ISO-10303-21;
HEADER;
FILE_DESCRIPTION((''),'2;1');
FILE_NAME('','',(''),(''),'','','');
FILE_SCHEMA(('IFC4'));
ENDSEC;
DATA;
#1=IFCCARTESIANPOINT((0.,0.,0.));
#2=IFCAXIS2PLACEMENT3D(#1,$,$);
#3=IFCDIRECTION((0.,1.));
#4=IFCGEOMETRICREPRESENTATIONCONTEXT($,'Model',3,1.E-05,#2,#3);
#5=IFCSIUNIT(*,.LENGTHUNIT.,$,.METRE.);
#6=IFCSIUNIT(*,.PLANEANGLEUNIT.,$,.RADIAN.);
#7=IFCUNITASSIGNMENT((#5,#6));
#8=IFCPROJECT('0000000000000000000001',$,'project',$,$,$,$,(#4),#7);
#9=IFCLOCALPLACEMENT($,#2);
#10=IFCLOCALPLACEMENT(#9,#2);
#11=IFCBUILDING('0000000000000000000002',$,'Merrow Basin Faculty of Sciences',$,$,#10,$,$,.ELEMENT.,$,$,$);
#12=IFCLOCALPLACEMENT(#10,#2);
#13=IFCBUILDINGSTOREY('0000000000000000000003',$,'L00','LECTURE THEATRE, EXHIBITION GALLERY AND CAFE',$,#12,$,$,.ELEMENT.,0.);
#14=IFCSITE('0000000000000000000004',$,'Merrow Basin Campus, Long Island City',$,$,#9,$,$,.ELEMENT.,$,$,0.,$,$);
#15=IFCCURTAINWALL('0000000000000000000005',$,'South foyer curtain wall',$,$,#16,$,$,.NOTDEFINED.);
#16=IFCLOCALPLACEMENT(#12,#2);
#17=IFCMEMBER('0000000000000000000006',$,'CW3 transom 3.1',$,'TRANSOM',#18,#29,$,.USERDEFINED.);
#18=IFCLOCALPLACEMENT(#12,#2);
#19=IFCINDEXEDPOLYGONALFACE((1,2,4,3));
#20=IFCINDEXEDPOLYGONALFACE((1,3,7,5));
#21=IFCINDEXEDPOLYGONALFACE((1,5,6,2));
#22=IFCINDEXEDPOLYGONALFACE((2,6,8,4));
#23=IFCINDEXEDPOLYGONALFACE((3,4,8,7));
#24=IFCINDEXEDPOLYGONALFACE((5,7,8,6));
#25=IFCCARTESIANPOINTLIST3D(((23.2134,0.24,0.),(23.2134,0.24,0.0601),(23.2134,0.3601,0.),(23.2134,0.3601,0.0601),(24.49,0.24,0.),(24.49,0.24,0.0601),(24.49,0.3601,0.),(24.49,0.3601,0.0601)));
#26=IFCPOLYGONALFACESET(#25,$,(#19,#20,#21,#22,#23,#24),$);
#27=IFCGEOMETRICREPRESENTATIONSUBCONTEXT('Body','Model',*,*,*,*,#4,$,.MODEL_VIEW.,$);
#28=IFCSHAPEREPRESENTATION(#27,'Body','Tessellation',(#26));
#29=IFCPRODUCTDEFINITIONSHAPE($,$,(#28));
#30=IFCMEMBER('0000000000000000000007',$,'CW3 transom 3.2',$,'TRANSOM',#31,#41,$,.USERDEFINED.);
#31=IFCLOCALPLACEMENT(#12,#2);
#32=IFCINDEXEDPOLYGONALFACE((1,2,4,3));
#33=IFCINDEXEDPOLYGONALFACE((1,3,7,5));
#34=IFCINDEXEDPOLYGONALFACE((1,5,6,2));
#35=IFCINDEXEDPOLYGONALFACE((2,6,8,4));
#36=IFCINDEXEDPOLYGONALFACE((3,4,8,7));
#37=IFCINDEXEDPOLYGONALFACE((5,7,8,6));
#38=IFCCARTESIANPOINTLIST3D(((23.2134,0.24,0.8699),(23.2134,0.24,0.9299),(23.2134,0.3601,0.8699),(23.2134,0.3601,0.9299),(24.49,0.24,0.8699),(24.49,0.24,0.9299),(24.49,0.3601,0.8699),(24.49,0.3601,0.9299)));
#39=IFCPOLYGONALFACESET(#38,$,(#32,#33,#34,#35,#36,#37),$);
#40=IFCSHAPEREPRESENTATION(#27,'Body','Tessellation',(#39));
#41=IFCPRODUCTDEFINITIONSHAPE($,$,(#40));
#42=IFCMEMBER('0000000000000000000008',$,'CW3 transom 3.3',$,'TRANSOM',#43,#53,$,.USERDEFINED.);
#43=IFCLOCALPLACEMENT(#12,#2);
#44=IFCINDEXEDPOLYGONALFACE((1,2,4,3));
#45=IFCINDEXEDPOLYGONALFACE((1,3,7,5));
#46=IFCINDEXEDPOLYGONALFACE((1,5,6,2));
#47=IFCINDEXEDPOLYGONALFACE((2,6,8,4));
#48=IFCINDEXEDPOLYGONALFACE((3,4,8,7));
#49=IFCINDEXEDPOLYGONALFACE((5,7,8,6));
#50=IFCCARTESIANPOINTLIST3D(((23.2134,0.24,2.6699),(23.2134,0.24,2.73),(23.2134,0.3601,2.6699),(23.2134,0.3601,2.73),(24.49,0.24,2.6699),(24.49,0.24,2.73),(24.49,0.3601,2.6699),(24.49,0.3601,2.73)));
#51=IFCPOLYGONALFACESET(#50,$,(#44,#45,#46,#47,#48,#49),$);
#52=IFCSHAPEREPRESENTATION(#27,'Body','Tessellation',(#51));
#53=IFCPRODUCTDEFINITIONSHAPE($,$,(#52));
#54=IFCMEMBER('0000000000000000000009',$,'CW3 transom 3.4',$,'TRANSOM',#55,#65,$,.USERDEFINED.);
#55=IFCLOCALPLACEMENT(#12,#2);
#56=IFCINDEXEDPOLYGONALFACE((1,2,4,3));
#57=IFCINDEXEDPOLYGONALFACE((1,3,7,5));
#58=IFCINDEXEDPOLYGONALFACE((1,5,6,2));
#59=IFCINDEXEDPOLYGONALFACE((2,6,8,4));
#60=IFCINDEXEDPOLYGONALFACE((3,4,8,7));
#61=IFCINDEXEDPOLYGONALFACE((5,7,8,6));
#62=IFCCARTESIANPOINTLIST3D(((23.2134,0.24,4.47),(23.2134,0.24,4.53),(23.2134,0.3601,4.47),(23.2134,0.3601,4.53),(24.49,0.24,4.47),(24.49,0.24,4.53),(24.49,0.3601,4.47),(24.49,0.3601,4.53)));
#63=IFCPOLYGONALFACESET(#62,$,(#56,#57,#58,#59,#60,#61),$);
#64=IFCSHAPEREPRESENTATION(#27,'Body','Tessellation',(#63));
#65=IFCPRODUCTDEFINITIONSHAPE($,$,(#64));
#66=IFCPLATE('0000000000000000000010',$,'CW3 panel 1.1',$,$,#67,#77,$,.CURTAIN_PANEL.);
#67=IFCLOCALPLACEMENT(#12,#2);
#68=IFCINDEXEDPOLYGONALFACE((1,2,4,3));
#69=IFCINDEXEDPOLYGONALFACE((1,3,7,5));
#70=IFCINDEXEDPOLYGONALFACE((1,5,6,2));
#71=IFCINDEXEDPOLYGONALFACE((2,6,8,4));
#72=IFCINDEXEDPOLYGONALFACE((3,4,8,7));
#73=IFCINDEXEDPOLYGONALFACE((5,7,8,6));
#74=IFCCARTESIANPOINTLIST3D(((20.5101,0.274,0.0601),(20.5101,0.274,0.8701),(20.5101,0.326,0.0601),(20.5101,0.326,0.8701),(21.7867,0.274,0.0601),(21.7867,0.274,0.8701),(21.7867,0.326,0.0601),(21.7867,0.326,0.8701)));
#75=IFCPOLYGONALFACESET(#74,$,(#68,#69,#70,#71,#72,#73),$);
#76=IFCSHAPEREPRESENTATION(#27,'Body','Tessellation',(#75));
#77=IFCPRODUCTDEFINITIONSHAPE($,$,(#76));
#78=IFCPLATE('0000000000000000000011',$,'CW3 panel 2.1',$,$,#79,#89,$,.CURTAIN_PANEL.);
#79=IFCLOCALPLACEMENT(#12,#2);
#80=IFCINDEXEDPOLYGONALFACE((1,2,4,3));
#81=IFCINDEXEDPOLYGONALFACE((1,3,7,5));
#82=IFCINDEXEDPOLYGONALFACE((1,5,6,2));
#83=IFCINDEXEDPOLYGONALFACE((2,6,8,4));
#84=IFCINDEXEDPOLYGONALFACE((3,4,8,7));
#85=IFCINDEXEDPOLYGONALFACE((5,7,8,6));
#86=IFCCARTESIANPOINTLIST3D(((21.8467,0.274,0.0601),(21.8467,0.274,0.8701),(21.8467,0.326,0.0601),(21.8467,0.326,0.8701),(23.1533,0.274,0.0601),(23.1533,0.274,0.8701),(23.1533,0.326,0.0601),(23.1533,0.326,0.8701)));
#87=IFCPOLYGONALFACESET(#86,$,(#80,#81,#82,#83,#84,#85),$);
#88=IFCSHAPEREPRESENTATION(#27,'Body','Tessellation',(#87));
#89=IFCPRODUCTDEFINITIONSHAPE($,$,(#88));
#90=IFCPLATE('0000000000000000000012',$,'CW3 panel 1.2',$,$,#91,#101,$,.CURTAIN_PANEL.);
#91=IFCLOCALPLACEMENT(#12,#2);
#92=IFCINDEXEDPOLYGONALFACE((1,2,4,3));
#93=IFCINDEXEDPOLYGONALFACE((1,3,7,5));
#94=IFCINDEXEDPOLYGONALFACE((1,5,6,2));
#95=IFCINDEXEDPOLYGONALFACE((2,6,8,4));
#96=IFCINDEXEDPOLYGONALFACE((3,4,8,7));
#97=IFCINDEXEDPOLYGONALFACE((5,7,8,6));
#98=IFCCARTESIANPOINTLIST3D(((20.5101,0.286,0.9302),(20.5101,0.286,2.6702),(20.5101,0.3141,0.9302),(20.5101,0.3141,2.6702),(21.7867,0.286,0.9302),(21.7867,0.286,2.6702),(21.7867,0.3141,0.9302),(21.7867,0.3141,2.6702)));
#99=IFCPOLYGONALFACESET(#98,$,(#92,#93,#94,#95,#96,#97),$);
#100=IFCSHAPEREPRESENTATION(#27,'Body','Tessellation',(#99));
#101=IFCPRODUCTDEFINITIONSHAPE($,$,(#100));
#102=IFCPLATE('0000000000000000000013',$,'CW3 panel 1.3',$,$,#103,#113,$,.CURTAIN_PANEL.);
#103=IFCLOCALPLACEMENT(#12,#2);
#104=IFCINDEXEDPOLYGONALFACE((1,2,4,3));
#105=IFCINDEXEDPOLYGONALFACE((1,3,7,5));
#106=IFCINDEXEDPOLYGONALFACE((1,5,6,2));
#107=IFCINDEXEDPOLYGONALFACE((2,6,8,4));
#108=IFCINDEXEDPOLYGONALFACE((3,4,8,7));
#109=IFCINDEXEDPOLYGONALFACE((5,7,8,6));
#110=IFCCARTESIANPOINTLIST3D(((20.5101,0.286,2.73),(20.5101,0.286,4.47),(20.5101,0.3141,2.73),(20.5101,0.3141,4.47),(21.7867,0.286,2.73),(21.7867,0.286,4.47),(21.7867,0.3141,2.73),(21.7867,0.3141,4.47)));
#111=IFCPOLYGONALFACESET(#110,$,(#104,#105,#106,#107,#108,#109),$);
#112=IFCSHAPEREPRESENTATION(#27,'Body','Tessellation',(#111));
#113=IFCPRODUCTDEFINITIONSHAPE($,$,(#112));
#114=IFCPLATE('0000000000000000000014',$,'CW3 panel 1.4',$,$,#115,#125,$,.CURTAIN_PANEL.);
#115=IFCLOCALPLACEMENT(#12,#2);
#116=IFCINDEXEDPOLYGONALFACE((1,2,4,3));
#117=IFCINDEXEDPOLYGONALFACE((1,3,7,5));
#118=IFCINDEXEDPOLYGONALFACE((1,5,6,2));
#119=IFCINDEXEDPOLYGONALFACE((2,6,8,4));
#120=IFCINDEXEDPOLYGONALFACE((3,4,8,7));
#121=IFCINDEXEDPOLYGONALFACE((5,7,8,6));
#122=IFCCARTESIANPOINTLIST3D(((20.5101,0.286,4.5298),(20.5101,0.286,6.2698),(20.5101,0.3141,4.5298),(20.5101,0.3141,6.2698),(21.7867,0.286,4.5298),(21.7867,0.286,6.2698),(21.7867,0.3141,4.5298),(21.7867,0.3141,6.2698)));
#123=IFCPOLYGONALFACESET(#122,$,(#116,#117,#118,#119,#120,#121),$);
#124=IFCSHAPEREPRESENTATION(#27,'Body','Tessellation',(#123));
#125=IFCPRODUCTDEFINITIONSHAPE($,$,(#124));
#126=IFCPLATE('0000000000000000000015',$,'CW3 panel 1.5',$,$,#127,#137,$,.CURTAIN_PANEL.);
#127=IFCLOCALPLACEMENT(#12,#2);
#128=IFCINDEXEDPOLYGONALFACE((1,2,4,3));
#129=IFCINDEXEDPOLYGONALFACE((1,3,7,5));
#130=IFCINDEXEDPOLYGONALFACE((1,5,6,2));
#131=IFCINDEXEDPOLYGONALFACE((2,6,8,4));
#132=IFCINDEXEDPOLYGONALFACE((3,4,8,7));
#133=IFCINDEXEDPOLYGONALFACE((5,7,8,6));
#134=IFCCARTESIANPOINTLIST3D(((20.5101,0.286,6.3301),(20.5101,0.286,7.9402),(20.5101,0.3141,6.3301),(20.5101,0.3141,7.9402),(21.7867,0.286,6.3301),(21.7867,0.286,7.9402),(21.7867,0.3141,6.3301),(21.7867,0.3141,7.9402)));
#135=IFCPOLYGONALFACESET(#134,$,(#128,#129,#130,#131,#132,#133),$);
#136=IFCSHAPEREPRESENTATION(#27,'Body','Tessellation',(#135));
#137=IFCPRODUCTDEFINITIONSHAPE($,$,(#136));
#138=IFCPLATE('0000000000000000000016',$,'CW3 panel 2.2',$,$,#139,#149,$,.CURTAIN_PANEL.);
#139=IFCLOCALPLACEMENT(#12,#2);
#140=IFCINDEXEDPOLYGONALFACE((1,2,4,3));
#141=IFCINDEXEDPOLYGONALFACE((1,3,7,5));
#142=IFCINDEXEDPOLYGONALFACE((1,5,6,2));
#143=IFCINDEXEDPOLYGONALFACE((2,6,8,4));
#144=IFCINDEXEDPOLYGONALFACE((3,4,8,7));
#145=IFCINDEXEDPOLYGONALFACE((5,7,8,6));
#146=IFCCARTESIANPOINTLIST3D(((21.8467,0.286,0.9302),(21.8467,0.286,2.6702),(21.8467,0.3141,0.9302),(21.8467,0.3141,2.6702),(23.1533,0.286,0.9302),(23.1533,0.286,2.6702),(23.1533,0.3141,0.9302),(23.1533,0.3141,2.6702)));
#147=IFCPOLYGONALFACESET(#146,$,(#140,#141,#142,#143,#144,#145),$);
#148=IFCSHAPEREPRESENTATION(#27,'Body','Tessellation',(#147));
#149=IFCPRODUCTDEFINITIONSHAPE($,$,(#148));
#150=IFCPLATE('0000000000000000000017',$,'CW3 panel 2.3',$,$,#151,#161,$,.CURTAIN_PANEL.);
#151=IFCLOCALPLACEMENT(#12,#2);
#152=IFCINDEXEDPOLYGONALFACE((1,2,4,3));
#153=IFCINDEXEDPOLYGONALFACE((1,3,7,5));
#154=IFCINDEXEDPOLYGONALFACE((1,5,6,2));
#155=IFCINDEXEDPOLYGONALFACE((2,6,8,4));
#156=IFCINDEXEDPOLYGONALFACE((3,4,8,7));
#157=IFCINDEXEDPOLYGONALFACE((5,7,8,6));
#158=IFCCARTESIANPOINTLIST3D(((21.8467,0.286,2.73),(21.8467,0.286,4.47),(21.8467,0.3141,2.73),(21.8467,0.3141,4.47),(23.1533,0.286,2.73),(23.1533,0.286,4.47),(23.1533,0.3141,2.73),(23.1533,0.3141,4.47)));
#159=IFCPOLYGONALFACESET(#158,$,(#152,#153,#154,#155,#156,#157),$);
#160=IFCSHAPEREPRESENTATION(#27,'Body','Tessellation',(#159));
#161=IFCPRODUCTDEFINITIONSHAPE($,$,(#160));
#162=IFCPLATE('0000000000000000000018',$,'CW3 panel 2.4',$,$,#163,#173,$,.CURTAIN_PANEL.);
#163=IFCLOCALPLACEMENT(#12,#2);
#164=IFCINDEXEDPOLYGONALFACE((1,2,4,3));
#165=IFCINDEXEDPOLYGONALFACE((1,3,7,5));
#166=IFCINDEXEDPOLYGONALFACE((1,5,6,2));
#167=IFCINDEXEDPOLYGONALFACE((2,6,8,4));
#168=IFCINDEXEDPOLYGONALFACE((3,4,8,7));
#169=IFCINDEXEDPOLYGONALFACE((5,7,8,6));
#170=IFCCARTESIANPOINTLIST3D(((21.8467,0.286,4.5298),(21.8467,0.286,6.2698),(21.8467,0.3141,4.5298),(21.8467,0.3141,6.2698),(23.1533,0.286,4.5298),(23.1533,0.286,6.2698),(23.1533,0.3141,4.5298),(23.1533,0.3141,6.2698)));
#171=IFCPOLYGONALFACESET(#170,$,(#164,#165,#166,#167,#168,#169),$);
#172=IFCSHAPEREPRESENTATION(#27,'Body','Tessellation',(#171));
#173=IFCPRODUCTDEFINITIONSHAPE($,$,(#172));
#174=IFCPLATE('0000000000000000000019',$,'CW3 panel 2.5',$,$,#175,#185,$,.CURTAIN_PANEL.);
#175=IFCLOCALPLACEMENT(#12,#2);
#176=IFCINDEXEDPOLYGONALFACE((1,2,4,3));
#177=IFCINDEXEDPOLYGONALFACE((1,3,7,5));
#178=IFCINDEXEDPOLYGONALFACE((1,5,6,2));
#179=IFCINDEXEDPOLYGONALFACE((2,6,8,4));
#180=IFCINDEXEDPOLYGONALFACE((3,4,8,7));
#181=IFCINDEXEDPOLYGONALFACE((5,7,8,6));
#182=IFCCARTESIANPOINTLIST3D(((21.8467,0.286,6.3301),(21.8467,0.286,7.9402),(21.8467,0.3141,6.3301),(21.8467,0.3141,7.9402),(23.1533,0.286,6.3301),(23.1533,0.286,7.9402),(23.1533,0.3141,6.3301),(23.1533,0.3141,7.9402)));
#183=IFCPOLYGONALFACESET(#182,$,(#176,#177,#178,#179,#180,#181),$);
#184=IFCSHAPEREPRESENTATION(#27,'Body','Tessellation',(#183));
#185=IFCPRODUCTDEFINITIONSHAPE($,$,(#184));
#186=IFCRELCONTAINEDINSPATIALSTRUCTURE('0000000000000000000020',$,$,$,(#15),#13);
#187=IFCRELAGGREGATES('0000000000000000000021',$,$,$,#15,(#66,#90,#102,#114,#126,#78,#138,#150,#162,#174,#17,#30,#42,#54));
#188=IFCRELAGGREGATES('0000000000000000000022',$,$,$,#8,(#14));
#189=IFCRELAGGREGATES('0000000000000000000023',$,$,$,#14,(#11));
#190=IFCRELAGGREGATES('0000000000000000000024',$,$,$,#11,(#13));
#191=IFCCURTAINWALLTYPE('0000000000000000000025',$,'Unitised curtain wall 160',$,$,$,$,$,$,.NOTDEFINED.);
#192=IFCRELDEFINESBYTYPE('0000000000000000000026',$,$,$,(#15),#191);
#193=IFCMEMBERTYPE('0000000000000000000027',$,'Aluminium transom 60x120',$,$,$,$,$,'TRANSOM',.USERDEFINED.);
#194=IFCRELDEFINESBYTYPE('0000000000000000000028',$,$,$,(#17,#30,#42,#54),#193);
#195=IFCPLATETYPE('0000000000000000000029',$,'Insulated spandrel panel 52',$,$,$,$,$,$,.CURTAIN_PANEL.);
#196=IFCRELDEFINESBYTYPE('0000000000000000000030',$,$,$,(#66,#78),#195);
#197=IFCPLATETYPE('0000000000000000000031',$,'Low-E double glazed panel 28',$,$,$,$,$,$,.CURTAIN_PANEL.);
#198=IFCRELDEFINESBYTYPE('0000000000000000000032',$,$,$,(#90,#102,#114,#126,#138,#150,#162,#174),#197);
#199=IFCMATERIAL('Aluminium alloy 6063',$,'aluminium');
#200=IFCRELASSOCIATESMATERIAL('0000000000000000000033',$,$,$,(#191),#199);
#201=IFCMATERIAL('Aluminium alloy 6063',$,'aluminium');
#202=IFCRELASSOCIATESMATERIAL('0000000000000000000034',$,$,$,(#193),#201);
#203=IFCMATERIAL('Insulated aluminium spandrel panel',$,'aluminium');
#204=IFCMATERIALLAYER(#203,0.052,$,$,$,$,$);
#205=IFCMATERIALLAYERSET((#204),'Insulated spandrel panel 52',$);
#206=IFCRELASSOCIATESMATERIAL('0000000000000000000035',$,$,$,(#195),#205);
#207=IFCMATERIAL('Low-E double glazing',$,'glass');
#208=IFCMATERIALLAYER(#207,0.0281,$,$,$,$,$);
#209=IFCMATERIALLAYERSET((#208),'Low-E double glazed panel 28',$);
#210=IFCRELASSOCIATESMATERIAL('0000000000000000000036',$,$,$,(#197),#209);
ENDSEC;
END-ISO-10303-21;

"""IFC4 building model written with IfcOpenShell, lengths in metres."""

from ifc_helpers import new_model, si_unit, direction, frame, origin, origin_2d, place, context, subcontext, project, spatial, rectangle, extrude, material, layer, layer_set, material_profile, profile_set, type_object, element, aggregate, save


model = new_model("IFC4")

# Units and contexts
model_context = context("Model", 3, precision=1e-05, world=origin(), true_north=direction((0.0, 1.0)))
body_context = subcontext(model_context, "Body", "Model", "MODEL_VIEW")
ifc_project = project(units=[si_unit("LENGTHUNIT", "METRE"), si_unit("PLANEANGLEUNIT", "RADIAN")], contexts=[model_context])

# Site, building, storey
site_placement = place(None, origin())
site = spatial("IfcSite", under=ifc_project, at=site_placement, Name="Merrow Basin Campus, Long Island City", CompositionType="ELEMENT", RefElevation=0.0)
building_placement = place(site_placement, origin())
building = spatial("IfcBuilding", under=site, at=building_placement, Name="Merrow Basin Faculty of Sciences", CompositionType="ELEMENT")
storey_placement = place(building_placement, origin())
storey = spatial("IfcBuildingStorey", under=building, at=storey_placement, Name="L00", Description="LECTURE THEATRE, EXHIBITION GALLERY AND CAFE", CompositionType="ELEMENT", Elevation=0.0)

# Curtain wall, members, plates
ifc_material_1 = material(Name="Aluminium alloy 6063", Category="aluminium")
curtain_wall_type = type_object("IfcCurtainWallType", Name="Unitised curtain wall 160", PredefinedType="NOTDEFINED", material=ifc_material_1)
curtain_wall_placement = place(storey_placement, origin())
curtain_wall = element("IfcCurtainWall", 1, at=curtain_wall_placement, inside=storey, type_object=curtain_wall_type, Name="South foyer curtain wall", PredefinedType="NOTDEFINED")
ifc_material_2 = material(Name="Aluminium alloy 6063", Category="aluminium")
ifc_material_profile_1 = material_profile(ifc_material_2, rectangle(XDim=0.1201, YDim=0.0601, at=origin_2d()))
ifc_profile_set_1 = profile_set([ifc_material_profile_1], Name="Aluminium alloy 6063")
member_type_1 = type_object("IfcMemberType", Name="Aluminium transom 60x120", ElementType="TRANSOM", PredefinedType="USERDEFINED", material=ifc_profile_set_1)
member_1_placement = place(storey_placement, frame((23.2134, 0.3, 0.03), z_axis=(1.0, 0.0, 0.0), x_axis=(0.0, 1.0, 0.0)))
member_1 = element("IfcMember", 2, at=member_1_placement, type_object=member_type_1, Name="CW3 transom 3.1", ObjectType="TRANSOM", PredefinedType="USERDEFINED", context=body_context, shape_type="SweptSolid", body=[
    extrude(rectangle(XDim=0.1201, YDim=0.0601, at=origin_2d()), origin(), (0.0, 0.0, 1.0), 1.2766),
])
member_2_placement = place(storey_placement, frame((23.2134, 0.3, 0.8999), z_axis=(1.0, 0.0, 0.0), x_axis=(0.0, 1.0, 0.0)))
member_2 = element("IfcMember", 3, at=member_2_placement, type_object=member_type_1, Name="CW3 transom 3.2", ObjectType="TRANSOM", PredefinedType="USERDEFINED", context=body_context, shape_type="SweptSolid", body=[
    extrude(rectangle(XDim=0.1201, YDim=0.0601, at=origin_2d()), origin(), (0.0, 0.0, 1.0), 1.2766),
])
member_3_placement = place(storey_placement, frame((23.2134, 0.3, 2.7), z_axis=(1.0, 0.0, 0.0), x_axis=(0.0, 1.0, 0.0)))
member_3 = element("IfcMember", 4, at=member_3_placement, type_object=member_type_1, Name="CW3 transom 3.3", ObjectType="TRANSOM", PredefinedType="USERDEFINED", context=body_context, shape_type="SweptSolid", body=[
    extrude(rectangle(XDim=0.1201, YDim=0.0601, at=origin_2d()), origin(), (0.0, 0.0, 1.0), 1.2766),
])
member_4_placement = place(storey_placement, frame((23.2134, 0.3, 4.5), z_axis=(1.0, 0.0, 0.0), x_axis=(0.0, 1.0, 0.0)))
member_4 = element("IfcMember", 5, at=member_4_placement, type_object=member_type_1, Name="CW3 transom 3.4", ObjectType="TRANSOM", PredefinedType="USERDEFINED", context=body_context, shape_type="SweptSolid", body=[
    extrude(rectangle(XDim=0.1201, YDim=0.0601, at=origin_2d()), origin(), (0.0, 0.0, 1.0), 1.2766),
])
ifc_material_3 = material(Name="Insulated aluminium spandrel panel", Category="aluminium")
ifc_layer_1 = layer(ifc_material_3, 0.052)
ifc_layer_set_1 = layer_set([ifc_layer_1], Name="Insulated spandrel panel 52")
plate_type_1 = type_object("IfcPlateType", Name="Insulated spandrel panel 52", PredefinedType="CURTAIN_PANEL", material=ifc_layer_set_1)
plate_1_placement = place(storey_placement, frame((21.1484, 0.3, 0.0601), z_axis=(0.0, 0.0, 1.0), x_axis=(1.0, 0.0, 0.0)))
plate_1 = element("IfcPlate", 6, at=plate_1_placement, type_object=plate_type_1, Name="CW3 panel 1.1", PredefinedType="CURTAIN_PANEL", context=body_context, shape_type="SweptSolid", body=[
    extrude(rectangle(XDim=1.2766, YDim=0.052, at=origin_2d()), origin(), (0.0, 0.0, 1.0), 0.8101),
])
plate_2_placement = place(storey_placement, frame((22.5, 0.3, 0.0601), z_axis=(0.0, 0.0, 1.0), x_axis=(1.0, 0.0, 0.0)))
plate_2 = element("IfcPlate", 7, at=plate_2_placement, type_object=plate_type_1, Name="CW3 panel 2.1", PredefinedType="CURTAIN_PANEL", context=body_context, shape_type="SweptSolid", body=[
    extrude(rectangle(XDim=1.3066, YDim=0.052, at=origin_2d()), origin(), (0.0, 0.0, 1.0), 0.8101),
])
ifc_material_4 = material(Name="Low-E double glazing", Category="glass")
ifc_layer_2 = layer(ifc_material_4, 0.0281)
ifc_layer_set_2 = layer_set([ifc_layer_2], Name="Low-E double glazed panel 28")
plate_type_2 = type_object("IfcPlateType", Name="Low-E double glazed panel 28", PredefinedType="CURTAIN_PANEL", material=ifc_layer_set_2)
plate_3_placement = place(storey_placement, frame((21.1484, 0.3, 0.9302), z_axis=(0.0, 0.0, 1.0), x_axis=(1.0, 0.0, 0.0)))
plate_3 = element("IfcPlate", 8, at=plate_3_placement, type_object=plate_type_2, Name="CW3 panel 1.2", PredefinedType="CURTAIN_PANEL", context=body_context, shape_type="SweptSolid", body=[
    extrude(rectangle(XDim=1.2766, YDim=0.0281, at=origin_2d()), origin(), (0.0, 0.0, 1.0), 1.74),
])
plate_4_placement = place(storey_placement, frame((21.1484, 0.3, 2.73), z_axis=(0.0, 0.0, 1.0), x_axis=(1.0, 0.0, 0.0)))
plate_4 = element("IfcPlate", 9, at=plate_4_placement, type_object=plate_type_2, Name="CW3 panel 1.3", PredefinedType="CURTAIN_PANEL", context=body_context, shape_type="SweptSolid", body=[
    extrude(rectangle(XDim=1.2766, YDim=0.0281, at=origin_2d()), origin(), (0.0, 0.0, 1.0), 1.74),
])
plate_5_placement = place(storey_placement, frame((21.1484, 0.3, 4.5298), z_axis=(0.0, 0.0, 1.0), x_axis=(1.0, 0.0, 0.0)))
plate_5 = element("IfcPlate", 10, at=plate_5_placement, type_object=plate_type_2, Name="CW3 panel 1.4", PredefinedType="CURTAIN_PANEL", context=body_context, shape_type="SweptSolid", body=[
    extrude(rectangle(XDim=1.2766, YDim=0.0281, at=origin_2d()), origin(), (0.0, 0.0, 1.0), 1.74),
])
plate_6_placement = place(storey_placement, frame((21.1484, 0.3, 6.3301), z_axis=(0.0, 0.0, 1.0), x_axis=(1.0, 0.0, 0.0)))
plate_6 = element("IfcPlate", 11, at=plate_6_placement, type_object=plate_type_2, Name="CW3 panel 1.5", PredefinedType="CURTAIN_PANEL", context=body_context, shape_type="SweptSolid", body=[
    extrude(rectangle(XDim=1.2766, YDim=0.0281, at=origin_2d()), origin(), (0.0, 0.0, 1.0), 1.6101),
])
plate_7_placement = place(storey_placement, frame((22.5, 0.3, 0.9302), z_axis=(0.0, 0.0, 1.0), x_axis=(1.0, 0.0, 0.0)))
plate_7 = element("IfcPlate", 12, at=plate_7_placement, type_object=plate_type_2, Name="CW3 panel 2.2", PredefinedType="CURTAIN_PANEL", context=body_context, shape_type="SweptSolid", body=[
    extrude(rectangle(XDim=1.3066, YDim=0.0281, at=origin_2d()), origin(), (0.0, 0.0, 1.0), 1.74),
])
plate_8_placement = place(storey_placement, frame((22.5, 0.3, 2.73), z_axis=(0.0, 0.0, 1.0), x_axis=(1.0, 0.0, 0.0)))
plate_8 = element("IfcPlate", 13, at=plate_8_placement, type_object=plate_type_2, Name="CW3 panel 2.3", PredefinedType="CURTAIN_PANEL", context=body_context, shape_type="SweptSolid", body=[
    extrude(rectangle(XDim=1.3066, YDim=0.0281, at=origin_2d()), origin(), (0.0, 0.0, 1.0), 1.74),
])
plate_9_placement = place(storey_placement, frame((22.5, 0.3, 4.5298), z_axis=(0.0, 0.0, 1.0), x_axis=(1.0, 0.0, 0.0)))
plate_9 = element("IfcPlate", 14, at=plate_9_placement, type_object=plate_type_2, Name="CW3 panel 2.4", PredefinedType="CURTAIN_PANEL", context=body_context, shape_type="SweptSolid", body=[
    extrude(rectangle(XDim=1.3066, YDim=0.0281, at=origin_2d()), origin(), (0.0, 0.0, 1.0), 1.74),
])
plate_10_placement = place(storey_placement, frame((22.5, 0.3, 6.3301), z_axis=(0.0, 0.0, 1.0), x_axis=(1.0, 0.0, 0.0)))
plate_10 = element("IfcPlate", 15, at=plate_10_placement, type_object=plate_type_2, Name="CW3 panel 2.5", PredefinedType="CURTAIN_PANEL", context=body_context, shape_type="SweptSolid", body=[
    extrude(rectangle(XDim=1.3066, YDim=0.0281, at=origin_2d()), origin(), (0.0, 0.0, 1.0), 1.6101),
])
aggregate(curtain_wall, [plate_1, plate_3, plate_4, plate_5, plate_6, plate_2, plate_7, plate_8, plate_9, plate_10, member_1, member_2, member_3, member_4])

save(model, "model.ifc")
